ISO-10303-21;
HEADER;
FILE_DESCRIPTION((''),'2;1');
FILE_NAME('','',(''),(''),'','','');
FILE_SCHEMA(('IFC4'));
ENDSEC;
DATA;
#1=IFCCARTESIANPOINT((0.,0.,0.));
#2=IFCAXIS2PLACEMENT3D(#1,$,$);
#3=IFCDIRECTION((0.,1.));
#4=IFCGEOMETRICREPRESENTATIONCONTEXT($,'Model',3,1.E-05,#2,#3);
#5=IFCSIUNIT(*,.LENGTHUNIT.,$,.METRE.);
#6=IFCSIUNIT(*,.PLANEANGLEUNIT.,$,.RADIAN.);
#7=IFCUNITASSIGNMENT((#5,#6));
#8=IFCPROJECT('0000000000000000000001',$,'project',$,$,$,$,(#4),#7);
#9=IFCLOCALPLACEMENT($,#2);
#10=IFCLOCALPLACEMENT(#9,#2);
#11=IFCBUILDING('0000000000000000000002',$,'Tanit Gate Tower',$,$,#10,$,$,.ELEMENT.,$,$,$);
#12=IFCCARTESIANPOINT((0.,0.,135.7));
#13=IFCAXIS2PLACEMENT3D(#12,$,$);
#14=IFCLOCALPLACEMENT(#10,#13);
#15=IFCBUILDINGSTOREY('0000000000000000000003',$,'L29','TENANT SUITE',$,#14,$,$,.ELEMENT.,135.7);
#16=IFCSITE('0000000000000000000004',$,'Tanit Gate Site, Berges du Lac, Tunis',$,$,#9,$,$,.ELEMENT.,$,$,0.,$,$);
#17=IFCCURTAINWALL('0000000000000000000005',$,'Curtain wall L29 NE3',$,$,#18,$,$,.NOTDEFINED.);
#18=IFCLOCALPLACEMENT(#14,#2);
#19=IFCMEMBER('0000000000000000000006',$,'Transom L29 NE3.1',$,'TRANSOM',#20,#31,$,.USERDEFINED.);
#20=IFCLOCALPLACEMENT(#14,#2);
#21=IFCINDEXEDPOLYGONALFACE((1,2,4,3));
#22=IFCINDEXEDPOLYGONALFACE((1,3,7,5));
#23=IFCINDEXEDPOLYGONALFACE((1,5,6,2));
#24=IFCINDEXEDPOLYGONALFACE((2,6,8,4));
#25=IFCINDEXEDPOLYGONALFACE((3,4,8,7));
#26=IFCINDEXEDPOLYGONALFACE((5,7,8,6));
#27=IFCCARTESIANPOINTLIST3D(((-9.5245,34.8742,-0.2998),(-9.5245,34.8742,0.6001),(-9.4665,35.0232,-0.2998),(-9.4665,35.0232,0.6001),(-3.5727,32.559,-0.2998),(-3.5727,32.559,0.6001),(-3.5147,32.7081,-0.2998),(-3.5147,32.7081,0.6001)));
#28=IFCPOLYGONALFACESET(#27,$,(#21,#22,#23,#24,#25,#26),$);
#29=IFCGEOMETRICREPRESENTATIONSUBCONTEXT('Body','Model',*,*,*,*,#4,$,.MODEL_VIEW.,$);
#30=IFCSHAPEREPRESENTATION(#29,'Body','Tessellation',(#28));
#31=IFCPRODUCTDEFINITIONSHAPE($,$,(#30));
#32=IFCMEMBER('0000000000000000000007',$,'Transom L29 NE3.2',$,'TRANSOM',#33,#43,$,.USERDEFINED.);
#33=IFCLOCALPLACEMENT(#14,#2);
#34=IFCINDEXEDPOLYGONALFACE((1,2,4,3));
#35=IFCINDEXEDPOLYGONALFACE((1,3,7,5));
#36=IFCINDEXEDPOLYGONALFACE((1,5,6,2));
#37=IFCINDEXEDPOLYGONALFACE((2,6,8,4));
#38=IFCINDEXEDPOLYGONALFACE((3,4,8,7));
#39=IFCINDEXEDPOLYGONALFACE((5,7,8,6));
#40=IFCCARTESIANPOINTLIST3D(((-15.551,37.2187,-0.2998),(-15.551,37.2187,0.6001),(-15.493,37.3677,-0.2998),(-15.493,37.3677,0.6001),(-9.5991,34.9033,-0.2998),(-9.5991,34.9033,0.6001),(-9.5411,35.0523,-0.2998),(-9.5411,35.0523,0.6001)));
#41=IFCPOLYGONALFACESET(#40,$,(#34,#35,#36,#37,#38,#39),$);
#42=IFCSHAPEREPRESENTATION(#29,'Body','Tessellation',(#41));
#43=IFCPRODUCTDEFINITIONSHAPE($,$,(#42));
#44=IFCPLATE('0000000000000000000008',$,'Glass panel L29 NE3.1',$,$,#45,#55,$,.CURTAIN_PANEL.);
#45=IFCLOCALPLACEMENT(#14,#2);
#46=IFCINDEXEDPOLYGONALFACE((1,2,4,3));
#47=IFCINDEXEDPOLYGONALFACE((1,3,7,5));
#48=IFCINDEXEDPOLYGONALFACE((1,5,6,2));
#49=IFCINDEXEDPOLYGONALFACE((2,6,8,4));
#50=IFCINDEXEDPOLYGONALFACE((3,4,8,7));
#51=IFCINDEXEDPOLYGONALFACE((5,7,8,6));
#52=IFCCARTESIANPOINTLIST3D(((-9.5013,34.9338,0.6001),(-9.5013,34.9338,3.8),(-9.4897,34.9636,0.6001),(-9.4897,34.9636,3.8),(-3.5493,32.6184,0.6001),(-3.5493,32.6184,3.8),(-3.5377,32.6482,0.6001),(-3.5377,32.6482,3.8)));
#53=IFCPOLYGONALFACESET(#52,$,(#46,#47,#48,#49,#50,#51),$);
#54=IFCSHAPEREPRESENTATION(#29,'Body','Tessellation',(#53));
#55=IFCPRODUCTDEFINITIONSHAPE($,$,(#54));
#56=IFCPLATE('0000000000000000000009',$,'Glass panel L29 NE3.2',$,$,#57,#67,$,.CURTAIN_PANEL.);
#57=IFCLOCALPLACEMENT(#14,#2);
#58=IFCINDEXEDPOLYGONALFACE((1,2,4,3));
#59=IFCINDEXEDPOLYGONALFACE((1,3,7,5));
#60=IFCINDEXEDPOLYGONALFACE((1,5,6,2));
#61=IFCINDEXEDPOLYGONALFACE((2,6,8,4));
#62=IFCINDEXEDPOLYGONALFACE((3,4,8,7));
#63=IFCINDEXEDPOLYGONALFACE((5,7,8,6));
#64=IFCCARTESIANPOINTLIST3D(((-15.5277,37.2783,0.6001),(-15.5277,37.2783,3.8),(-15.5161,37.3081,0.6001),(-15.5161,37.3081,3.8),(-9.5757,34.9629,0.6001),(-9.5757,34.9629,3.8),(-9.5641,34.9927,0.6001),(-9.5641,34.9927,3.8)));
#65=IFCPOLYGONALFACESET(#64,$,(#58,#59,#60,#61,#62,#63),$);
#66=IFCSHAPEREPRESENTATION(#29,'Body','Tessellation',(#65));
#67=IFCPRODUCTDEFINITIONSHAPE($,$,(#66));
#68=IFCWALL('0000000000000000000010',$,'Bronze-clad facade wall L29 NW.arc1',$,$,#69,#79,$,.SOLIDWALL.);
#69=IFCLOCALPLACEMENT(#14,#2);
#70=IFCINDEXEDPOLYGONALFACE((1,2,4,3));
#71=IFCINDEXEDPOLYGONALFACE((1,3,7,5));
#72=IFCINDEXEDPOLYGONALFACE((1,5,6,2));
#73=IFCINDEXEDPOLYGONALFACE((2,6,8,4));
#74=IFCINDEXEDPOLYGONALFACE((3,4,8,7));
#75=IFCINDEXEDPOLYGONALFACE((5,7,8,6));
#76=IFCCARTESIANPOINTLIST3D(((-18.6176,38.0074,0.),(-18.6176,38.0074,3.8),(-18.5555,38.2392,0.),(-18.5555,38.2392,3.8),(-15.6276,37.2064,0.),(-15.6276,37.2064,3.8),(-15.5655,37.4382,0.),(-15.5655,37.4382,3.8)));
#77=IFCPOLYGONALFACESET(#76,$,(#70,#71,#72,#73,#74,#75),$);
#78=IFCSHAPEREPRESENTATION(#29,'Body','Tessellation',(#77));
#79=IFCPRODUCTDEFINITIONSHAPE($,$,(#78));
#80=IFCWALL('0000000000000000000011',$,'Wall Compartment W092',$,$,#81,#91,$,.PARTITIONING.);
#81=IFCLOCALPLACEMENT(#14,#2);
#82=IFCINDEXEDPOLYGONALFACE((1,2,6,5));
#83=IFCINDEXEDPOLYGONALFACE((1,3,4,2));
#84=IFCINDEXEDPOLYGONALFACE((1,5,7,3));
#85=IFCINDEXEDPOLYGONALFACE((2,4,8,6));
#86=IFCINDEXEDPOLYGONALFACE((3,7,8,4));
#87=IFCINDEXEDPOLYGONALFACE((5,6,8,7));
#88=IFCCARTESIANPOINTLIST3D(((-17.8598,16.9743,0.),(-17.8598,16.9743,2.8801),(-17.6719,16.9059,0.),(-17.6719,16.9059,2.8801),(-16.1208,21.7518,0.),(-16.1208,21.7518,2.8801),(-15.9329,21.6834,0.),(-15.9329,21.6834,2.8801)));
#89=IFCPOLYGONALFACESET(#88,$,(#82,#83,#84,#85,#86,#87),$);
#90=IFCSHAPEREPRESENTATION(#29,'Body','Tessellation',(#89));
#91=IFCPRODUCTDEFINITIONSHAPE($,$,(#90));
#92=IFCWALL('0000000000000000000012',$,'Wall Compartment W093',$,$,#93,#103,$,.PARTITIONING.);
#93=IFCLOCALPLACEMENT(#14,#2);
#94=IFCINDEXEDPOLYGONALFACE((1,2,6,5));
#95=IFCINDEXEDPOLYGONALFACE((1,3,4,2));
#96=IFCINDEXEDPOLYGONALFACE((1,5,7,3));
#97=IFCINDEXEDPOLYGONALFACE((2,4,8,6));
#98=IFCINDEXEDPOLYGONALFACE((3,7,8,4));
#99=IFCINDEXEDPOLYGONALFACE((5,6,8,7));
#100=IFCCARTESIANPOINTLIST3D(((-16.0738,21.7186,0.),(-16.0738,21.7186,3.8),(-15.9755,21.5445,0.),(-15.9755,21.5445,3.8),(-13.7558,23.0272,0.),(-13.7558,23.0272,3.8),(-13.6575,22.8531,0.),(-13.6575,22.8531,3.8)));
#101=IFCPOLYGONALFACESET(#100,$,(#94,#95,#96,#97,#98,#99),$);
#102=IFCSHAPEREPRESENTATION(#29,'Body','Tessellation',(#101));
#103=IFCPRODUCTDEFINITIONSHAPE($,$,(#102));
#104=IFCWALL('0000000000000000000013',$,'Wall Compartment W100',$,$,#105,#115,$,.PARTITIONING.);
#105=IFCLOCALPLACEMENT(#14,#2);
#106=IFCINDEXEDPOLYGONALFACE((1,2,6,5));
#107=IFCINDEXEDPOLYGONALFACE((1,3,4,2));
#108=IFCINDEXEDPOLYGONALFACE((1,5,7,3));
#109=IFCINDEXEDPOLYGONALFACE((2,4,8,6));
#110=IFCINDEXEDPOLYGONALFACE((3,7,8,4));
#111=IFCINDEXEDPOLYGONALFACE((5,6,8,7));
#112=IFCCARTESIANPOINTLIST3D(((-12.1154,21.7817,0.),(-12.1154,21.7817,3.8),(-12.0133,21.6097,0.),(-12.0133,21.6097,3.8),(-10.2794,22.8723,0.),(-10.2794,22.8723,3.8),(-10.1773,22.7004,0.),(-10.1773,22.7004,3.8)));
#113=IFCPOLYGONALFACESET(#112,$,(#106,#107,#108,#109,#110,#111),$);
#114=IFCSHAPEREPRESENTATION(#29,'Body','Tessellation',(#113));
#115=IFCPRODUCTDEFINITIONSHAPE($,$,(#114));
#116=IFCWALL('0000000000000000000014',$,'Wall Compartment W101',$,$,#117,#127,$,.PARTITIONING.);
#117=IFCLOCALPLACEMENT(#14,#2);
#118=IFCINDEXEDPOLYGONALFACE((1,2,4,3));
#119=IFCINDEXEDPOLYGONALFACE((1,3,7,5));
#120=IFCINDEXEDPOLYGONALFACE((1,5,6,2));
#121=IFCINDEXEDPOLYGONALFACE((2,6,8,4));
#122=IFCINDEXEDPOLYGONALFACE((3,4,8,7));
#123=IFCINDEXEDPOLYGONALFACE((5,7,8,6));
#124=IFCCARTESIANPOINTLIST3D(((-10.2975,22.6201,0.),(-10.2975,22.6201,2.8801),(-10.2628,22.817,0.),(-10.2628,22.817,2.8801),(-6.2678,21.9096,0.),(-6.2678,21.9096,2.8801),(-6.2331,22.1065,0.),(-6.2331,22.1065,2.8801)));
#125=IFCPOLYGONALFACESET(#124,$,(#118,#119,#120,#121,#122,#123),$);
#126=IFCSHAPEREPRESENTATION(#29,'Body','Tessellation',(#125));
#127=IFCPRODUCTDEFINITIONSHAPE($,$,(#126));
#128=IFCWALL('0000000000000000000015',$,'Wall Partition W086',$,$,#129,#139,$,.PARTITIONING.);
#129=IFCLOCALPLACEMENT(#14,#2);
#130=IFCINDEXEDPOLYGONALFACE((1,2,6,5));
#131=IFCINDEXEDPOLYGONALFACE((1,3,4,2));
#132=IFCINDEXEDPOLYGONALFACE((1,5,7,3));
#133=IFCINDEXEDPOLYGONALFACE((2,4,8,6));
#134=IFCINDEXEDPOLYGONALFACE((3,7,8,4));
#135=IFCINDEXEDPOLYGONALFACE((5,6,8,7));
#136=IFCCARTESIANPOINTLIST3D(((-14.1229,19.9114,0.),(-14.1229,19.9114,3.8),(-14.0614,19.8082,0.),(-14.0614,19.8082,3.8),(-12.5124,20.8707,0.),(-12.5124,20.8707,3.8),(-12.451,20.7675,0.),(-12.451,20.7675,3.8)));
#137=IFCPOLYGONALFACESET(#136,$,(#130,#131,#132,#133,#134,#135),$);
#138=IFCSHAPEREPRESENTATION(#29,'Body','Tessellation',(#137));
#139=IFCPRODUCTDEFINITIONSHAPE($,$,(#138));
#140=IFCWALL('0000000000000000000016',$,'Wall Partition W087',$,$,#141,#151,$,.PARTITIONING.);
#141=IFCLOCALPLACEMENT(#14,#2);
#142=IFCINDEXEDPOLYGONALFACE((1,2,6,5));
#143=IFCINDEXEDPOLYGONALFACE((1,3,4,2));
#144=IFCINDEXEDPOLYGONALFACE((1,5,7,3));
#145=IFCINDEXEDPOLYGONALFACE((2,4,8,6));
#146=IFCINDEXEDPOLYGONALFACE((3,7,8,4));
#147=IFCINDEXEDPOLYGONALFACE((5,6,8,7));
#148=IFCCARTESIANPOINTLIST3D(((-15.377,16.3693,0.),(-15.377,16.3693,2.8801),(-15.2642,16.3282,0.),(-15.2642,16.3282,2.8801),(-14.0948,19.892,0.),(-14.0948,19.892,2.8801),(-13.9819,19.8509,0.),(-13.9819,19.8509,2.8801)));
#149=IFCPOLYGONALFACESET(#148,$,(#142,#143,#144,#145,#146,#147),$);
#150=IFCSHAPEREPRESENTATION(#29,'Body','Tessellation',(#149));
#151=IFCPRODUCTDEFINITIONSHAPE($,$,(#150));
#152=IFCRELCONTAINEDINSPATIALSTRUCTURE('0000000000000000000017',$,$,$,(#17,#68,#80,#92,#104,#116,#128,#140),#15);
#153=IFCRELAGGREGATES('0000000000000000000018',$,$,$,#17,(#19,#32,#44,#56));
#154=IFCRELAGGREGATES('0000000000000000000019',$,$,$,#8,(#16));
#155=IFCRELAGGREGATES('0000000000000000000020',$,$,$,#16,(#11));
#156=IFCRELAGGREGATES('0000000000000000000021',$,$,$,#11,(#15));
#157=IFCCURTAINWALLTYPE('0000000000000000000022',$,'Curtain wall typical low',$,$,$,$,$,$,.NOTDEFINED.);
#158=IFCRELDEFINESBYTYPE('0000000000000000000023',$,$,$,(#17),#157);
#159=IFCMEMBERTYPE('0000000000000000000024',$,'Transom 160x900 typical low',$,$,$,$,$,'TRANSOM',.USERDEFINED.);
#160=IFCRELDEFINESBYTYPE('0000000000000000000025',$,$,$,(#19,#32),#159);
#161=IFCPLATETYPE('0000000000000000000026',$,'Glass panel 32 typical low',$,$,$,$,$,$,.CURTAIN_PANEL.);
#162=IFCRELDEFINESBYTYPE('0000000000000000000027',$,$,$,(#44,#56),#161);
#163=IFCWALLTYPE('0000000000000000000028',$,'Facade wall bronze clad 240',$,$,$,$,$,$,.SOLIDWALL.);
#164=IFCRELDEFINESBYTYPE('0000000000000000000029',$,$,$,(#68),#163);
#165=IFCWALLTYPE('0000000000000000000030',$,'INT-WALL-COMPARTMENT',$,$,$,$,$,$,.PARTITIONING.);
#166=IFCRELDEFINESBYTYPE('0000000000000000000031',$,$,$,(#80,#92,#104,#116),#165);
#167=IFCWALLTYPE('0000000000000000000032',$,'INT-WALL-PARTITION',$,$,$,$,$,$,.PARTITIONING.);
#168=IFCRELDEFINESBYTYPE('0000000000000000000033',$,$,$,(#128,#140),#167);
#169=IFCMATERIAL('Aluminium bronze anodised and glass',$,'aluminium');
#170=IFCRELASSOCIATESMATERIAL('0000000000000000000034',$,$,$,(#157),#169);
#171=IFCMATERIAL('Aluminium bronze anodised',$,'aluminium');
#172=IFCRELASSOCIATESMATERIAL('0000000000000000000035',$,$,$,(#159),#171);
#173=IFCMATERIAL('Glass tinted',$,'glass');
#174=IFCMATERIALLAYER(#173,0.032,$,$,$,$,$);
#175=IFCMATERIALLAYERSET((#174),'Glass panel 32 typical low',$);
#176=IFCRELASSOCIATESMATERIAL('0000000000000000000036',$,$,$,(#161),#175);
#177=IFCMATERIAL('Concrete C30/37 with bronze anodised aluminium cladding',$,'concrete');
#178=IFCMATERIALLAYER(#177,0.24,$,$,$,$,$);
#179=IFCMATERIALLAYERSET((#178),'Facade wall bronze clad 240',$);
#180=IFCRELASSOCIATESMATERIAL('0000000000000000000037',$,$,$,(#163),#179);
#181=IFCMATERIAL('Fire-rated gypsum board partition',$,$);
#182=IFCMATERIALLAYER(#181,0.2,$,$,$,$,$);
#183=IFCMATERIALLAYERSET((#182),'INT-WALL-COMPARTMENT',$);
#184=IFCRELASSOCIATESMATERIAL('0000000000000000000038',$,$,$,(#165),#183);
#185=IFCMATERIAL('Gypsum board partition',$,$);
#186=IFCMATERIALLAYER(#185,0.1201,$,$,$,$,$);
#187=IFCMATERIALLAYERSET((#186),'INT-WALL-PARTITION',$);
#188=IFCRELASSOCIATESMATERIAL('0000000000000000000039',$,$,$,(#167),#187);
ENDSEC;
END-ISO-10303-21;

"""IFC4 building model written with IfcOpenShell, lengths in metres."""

from ifc_helpers import new_model, si_unit, direction, frame, frame_2d, origin, origin_2d, place, context, subcontext, project, spatial, rectangle, extrude, material, layer, layer_set, material_profile, profile_set, type_object, element, aggregate, save


model = new_model("IFC4")

# Units and contexts
model_context = context("Model", 3, precision=1e-05, world=origin(), true_north=direction((0.0, 1.0)))
body_context = subcontext(model_context, "Body", "Model", "MODEL_VIEW")
ifc_project = project(units=[si_unit("LENGTHUNIT", "METRE"), si_unit("PLANEANGLEUNIT", "RADIAN")], contexts=[model_context])

# Site, building, storey
site_placement = place(None, origin())
site = spatial("IfcSite", under=ifc_project, at=site_placement, Name="Tanit Gate Site, Berges du Lac, Tunis", CompositionType="ELEMENT", RefElevation=0.0)
building_placement = place(site_placement, origin())
building = spatial("IfcBuilding", under=site, at=building_placement, Name="Tanit Gate Tower", CompositionType="ELEMENT")
storey_placement = place(building_placement, frame((0.0, 0.0, 135.7)))
storey = spatial("IfcBuildingStorey", under=building, at=storey_placement, Name="L29", Description="TENANT SUITE", CompositionType="ELEMENT", Elevation=135.7)

# Curtain wall
ifc_material_1 = material(Name="Aluminium bronze anodised and glass", Category="aluminium")
curtain_wall_type = type_object("IfcCurtainWallType", Name="Curtain wall typical low", PredefinedType="NOTDEFINED", material=ifc_material_1)
curtain_wall_1_placement = place(storey_placement, origin())
curtain_wall_1 = element("IfcCurtainWall", 1, at=curtain_wall_1_placement, inside=storey, type_object=curtain_wall_type, Name="Curtain wall L29 NE3", PredefinedType="NOTDEFINED")

# Members
ifc_material_2 = material(Name="Aluminium bronze anodised", Category="aluminium")
ifc_material_profile_1 = material_profile(ifc_material_2, rectangle(XDim=0.1599, YDim=0.8999, at=origin_2d()), Name="160x900 bronze transom")
ifc_profile_set_1 = profile_set([ifc_material_profile_1], Name="Aluminium bronze anodised")
member_type_1 = type_object("IfcMemberType", Name="Transom 160x900 typical low", ElementType="TRANSOM", PredefinedType="USERDEFINED", material=ifc_profile_set_1)
member_1_placement = place(storey_placement, frame((-3.5437, 32.6335, 0.1501), z_axis=(-0.931975, 0.362522, 0.0), x_axis=(-0.362522, -0.931975, 0.0)))
member_1 = element("IfcMember", 2, at=member_1_placement, type_object=member_type_1, Name="Transom L29 NE3.1", ObjectType="TRANSOM", PredefinedType="USERDEFINED", context=body_context, shape_type="SweptSolid", body=[
    extrude(rectangle(XDim=0.1599, YDim=0.8999, at=origin_2d()), origin(), (0.0, 0.0, 1.0), 6.3862),
])
member_2_placement = place(storey_placement, frame((-9.5701, 34.9778, 0.1501), z_axis=(-0.931962, 0.362555, 0.0), x_axis=(-0.362555, -0.931962, 0.0)))
member_2 = element("IfcMember", 3, at=member_2_placement, type_object=member_type_1, Name="Transom L29 NE3.2", ObjectType="TRANSOM", PredefinedType="USERDEFINED", context=body_context, shape_type="SweptSolid", body=[
    extrude(rectangle(XDim=0.1599, YDim=0.8999, at=origin_2d()), origin(), (0.0, 0.0, 1.0), 6.3865),
])

# Plates
ifc_material_3 = material(Name="Glass tinted", Category="glass")
ifc_layer_1 = layer(ifc_material_3, 0.032)
ifc_layer_set_1 = layer_set([ifc_layer_1], Name="Glass panel 32 typical low")
plate_type = type_object("IfcPlateType", Name="Glass panel 32 typical low", PredefinedType="CURTAIN_PANEL", material=ifc_layer_set_1)
plate_1_placement = place(storey_placement, frame((-6.5195, 33.791, 0.6001), z_axis=(0.0, 0.0, 1.0), x_axis=(-0.931965, 0.362547, 0.0)))
plate_1 = element("IfcPlate", 4, at=plate_1_placement, type_object=plate_type, Name="Glass panel L29 NE3.1", PredefinedType="CURTAIN_PANEL", context=body_context, shape_type="SweptSolid", body=[
    extrude(rectangle(XDim=6.3865, YDim=0.032, at=origin_2d()), origin(), (0.0, 0.0, 1.0), 3.2),
])
plate_2_placement = place(storey_placement, frame((-12.5459, 36.1355, 0.6001), z_axis=(0.0, 0.0, 1.0), x_axis=(-0.931965, 0.362547, 0.0)))
plate_2 = element("IfcPlate", 5, at=plate_2_placement, type_object=plate_type, Name="Glass panel L29 NE3.2", PredefinedType="CURTAIN_PANEL", context=body_context, shape_type="SweptSolid", body=[
    extrude(rectangle(XDim=6.3865, YDim=0.032, at=origin_2d()), origin(), (0.0, 0.0, 1.0), 3.2),
])
aggregate(curtain_wall_1, [member_1, member_2, plate_1, plate_2])

# Walls
ifc_material_4 = material(Name="Concrete C30/37 with bronze anodised aluminium cladding", Category="concrete")
ifc_layer_2 = layer(ifc_material_4, 0.24)
ifc_layer_set_2 = layer_set([ifc_layer_2], Name="Facade wall bronze clad 240")
wall_type_1 = type_object("IfcWallType", Name="Facade wall bronze clad 240", PredefinedType="SOLIDWALL", material=ifc_layer_set_2)
wall_1_placement = place(storey_placement, frame((-15.5964, 37.3223, 0.0), z_axis=(0.0, 0.0, 1.0), x_axis=(-0.965937, 0.258777, 0.0)))
element("IfcWall", 6, at=wall_1_placement, inside=storey, type_object=wall_type_1, Name="Bronze-clad facade wall L29 NW.arc1", PredefinedType="SOLIDWALL", context=body_context, shape_type="SweptSolid", body=[
    extrude(rectangle(XDim=3.0955, YDim=0.24, at=frame_2d((1.5479, 0.0))), origin(), (0.0, 0.0, 1.0), 3.8),
])
ifc_material_5 = material(Name="Fire-rated gypsum board partition")
ifc_layer_3 = layer(ifc_material_5, 0.2)
ifc_layer_set_3 = layer_set([ifc_layer_3], Name="INT-WALL-COMPARTMENT")
wall_type_2 = type_object("IfcWallType", Name="INT-WALL-COMPARTMENT", PredefinedType="PARTITIONING", material=ifc_layer_set_3)
wall_2_placement = place(storey_placement, frame((-16.0269, 21.7175, 0.0), z_axis=(0.0, 0.0, 1.0), x_axis=(-0.34204, -0.939685, 0.0)))
element("IfcWall", 7, at=wall_2_placement, inside=storey, type_object=wall_type_2, Name="Wall Compartment W092", PredefinedType="PARTITIONING", context=body_context, shape_type="SweptSolid", body=[
    extrude(rectangle(XDim=5.0842, YDim=0.2, at=frame_2d((2.542, 0.0))), origin(), (0.0, 0.0, 1.0), 2.8801),
])
wall_3_placement = place(storey_placement, frame((-13.7065, 22.9402, 0.0), z_axis=(0.0, 0.0, 1.0), x_axis=(-0.870827, -0.491589, 0.0)))
element("IfcWall", 8, at=wall_3_placement, inside=storey, type_object=wall_type_2, Name="Wall Compartment W093", PredefinedType="PARTITIONING", context=body_context, shape_type="SweptSolid", body=[
    extrude(rectangle(XDim=2.6619, YDim=0.2, at=frame_2d((1.3311, 0.0))), origin(), (0.0, 0.0, 1.0), 3.8),
])
wall_4_placement = place(storey_placement, frame((-10.2283, 22.7864, 0.0), z_axis=(0.0, 0.0, 1.0), x_axis=(-0.859754, -0.510708, 0.0)))
element("IfcWall", 9, at=wall_4_placement, inside=storey, type_object=wall_type_2, Name="Wall Compartment W100", PredefinedType="PARTITIONING", context=body_context, shape_type="SweptSolid", body=[
    extrude(rectangle(XDim=2.1355, YDim=0.2, at=frame_2d((1.0679, 0.0))), origin(), (0.0, 0.0, 1.0), 3.8),
])
wall_5_placement = place(storey_placement, frame((-6.2505, 22.0081, 0.0), z_axis=(0.0, 0.0, 1.0), x_axis=(-0.984811, 0.173632, 0.0)))
element("IfcWall", 10, at=wall_5_placement, inside=storey, type_object=wall_type_2, Name="Wall Compartment W101", PredefinedType="PARTITIONING", context=body_context, shape_type="SweptSolid", body=[
    extrude(rectangle(XDim=4.0918, YDim=0.2, at=frame_2d((2.0459, 0.0))), origin(), (0.0, 0.0, 1.0), 2.8801),
])
ifc_material_6 = material(Name="Gypsum board partition")
ifc_layer_4 = layer(ifc_material_6, 0.1201)
ifc_layer_set_4 = layer_set([ifc_layer_4], Name="INT-WALL-PARTITION")
wall_type_3 = type_object("IfcWallType", Name="INT-WALL-PARTITION", PredefinedType="PARTITIONING", material=ifc_layer_set_4)
wall_6_placement = place(storey_placement, frame((-12.4817, 20.8191, 0.0), z_axis=(0.0, 0.0, 1.0), x_axis=(-0.859132, -0.511754, 0.0)))
element("IfcWall", 11, at=wall_6_placement, inside=storey, type_object=wall_type_3, Name="Wall Partition W086", PredefinedType="PARTITIONING", context=body_context, shape_type="SweptSolid", body=[
    extrude(rectangle(XDim=1.8745, YDim=0.1201, at=frame_2d((0.9373, 0.0))), origin(), (0.0, 0.0, 1.0), 3.8),
])
wall_7_placement = place(storey_placement, frame((-14.0383, 19.8716, 0.0), z_axis=(0.0, 0.0, 1.0), x_axis=(-0.342036, -0.939687, 0.0)))
element("IfcWall", 12, at=wall_7_placement, inside=storey, type_object=wall_type_3, Name="Wall Partition W087", PredefinedType="PARTITIONING", context=body_context, shape_type="SweptSolid", body=[
    extrude(rectangle(XDim=3.7488, YDim=0.1201, at=frame_2d((1.8745, 0.0))), origin(), (0.0, 0.0, 1.0), 2.8801),
])

save(model, "model.ifc")
